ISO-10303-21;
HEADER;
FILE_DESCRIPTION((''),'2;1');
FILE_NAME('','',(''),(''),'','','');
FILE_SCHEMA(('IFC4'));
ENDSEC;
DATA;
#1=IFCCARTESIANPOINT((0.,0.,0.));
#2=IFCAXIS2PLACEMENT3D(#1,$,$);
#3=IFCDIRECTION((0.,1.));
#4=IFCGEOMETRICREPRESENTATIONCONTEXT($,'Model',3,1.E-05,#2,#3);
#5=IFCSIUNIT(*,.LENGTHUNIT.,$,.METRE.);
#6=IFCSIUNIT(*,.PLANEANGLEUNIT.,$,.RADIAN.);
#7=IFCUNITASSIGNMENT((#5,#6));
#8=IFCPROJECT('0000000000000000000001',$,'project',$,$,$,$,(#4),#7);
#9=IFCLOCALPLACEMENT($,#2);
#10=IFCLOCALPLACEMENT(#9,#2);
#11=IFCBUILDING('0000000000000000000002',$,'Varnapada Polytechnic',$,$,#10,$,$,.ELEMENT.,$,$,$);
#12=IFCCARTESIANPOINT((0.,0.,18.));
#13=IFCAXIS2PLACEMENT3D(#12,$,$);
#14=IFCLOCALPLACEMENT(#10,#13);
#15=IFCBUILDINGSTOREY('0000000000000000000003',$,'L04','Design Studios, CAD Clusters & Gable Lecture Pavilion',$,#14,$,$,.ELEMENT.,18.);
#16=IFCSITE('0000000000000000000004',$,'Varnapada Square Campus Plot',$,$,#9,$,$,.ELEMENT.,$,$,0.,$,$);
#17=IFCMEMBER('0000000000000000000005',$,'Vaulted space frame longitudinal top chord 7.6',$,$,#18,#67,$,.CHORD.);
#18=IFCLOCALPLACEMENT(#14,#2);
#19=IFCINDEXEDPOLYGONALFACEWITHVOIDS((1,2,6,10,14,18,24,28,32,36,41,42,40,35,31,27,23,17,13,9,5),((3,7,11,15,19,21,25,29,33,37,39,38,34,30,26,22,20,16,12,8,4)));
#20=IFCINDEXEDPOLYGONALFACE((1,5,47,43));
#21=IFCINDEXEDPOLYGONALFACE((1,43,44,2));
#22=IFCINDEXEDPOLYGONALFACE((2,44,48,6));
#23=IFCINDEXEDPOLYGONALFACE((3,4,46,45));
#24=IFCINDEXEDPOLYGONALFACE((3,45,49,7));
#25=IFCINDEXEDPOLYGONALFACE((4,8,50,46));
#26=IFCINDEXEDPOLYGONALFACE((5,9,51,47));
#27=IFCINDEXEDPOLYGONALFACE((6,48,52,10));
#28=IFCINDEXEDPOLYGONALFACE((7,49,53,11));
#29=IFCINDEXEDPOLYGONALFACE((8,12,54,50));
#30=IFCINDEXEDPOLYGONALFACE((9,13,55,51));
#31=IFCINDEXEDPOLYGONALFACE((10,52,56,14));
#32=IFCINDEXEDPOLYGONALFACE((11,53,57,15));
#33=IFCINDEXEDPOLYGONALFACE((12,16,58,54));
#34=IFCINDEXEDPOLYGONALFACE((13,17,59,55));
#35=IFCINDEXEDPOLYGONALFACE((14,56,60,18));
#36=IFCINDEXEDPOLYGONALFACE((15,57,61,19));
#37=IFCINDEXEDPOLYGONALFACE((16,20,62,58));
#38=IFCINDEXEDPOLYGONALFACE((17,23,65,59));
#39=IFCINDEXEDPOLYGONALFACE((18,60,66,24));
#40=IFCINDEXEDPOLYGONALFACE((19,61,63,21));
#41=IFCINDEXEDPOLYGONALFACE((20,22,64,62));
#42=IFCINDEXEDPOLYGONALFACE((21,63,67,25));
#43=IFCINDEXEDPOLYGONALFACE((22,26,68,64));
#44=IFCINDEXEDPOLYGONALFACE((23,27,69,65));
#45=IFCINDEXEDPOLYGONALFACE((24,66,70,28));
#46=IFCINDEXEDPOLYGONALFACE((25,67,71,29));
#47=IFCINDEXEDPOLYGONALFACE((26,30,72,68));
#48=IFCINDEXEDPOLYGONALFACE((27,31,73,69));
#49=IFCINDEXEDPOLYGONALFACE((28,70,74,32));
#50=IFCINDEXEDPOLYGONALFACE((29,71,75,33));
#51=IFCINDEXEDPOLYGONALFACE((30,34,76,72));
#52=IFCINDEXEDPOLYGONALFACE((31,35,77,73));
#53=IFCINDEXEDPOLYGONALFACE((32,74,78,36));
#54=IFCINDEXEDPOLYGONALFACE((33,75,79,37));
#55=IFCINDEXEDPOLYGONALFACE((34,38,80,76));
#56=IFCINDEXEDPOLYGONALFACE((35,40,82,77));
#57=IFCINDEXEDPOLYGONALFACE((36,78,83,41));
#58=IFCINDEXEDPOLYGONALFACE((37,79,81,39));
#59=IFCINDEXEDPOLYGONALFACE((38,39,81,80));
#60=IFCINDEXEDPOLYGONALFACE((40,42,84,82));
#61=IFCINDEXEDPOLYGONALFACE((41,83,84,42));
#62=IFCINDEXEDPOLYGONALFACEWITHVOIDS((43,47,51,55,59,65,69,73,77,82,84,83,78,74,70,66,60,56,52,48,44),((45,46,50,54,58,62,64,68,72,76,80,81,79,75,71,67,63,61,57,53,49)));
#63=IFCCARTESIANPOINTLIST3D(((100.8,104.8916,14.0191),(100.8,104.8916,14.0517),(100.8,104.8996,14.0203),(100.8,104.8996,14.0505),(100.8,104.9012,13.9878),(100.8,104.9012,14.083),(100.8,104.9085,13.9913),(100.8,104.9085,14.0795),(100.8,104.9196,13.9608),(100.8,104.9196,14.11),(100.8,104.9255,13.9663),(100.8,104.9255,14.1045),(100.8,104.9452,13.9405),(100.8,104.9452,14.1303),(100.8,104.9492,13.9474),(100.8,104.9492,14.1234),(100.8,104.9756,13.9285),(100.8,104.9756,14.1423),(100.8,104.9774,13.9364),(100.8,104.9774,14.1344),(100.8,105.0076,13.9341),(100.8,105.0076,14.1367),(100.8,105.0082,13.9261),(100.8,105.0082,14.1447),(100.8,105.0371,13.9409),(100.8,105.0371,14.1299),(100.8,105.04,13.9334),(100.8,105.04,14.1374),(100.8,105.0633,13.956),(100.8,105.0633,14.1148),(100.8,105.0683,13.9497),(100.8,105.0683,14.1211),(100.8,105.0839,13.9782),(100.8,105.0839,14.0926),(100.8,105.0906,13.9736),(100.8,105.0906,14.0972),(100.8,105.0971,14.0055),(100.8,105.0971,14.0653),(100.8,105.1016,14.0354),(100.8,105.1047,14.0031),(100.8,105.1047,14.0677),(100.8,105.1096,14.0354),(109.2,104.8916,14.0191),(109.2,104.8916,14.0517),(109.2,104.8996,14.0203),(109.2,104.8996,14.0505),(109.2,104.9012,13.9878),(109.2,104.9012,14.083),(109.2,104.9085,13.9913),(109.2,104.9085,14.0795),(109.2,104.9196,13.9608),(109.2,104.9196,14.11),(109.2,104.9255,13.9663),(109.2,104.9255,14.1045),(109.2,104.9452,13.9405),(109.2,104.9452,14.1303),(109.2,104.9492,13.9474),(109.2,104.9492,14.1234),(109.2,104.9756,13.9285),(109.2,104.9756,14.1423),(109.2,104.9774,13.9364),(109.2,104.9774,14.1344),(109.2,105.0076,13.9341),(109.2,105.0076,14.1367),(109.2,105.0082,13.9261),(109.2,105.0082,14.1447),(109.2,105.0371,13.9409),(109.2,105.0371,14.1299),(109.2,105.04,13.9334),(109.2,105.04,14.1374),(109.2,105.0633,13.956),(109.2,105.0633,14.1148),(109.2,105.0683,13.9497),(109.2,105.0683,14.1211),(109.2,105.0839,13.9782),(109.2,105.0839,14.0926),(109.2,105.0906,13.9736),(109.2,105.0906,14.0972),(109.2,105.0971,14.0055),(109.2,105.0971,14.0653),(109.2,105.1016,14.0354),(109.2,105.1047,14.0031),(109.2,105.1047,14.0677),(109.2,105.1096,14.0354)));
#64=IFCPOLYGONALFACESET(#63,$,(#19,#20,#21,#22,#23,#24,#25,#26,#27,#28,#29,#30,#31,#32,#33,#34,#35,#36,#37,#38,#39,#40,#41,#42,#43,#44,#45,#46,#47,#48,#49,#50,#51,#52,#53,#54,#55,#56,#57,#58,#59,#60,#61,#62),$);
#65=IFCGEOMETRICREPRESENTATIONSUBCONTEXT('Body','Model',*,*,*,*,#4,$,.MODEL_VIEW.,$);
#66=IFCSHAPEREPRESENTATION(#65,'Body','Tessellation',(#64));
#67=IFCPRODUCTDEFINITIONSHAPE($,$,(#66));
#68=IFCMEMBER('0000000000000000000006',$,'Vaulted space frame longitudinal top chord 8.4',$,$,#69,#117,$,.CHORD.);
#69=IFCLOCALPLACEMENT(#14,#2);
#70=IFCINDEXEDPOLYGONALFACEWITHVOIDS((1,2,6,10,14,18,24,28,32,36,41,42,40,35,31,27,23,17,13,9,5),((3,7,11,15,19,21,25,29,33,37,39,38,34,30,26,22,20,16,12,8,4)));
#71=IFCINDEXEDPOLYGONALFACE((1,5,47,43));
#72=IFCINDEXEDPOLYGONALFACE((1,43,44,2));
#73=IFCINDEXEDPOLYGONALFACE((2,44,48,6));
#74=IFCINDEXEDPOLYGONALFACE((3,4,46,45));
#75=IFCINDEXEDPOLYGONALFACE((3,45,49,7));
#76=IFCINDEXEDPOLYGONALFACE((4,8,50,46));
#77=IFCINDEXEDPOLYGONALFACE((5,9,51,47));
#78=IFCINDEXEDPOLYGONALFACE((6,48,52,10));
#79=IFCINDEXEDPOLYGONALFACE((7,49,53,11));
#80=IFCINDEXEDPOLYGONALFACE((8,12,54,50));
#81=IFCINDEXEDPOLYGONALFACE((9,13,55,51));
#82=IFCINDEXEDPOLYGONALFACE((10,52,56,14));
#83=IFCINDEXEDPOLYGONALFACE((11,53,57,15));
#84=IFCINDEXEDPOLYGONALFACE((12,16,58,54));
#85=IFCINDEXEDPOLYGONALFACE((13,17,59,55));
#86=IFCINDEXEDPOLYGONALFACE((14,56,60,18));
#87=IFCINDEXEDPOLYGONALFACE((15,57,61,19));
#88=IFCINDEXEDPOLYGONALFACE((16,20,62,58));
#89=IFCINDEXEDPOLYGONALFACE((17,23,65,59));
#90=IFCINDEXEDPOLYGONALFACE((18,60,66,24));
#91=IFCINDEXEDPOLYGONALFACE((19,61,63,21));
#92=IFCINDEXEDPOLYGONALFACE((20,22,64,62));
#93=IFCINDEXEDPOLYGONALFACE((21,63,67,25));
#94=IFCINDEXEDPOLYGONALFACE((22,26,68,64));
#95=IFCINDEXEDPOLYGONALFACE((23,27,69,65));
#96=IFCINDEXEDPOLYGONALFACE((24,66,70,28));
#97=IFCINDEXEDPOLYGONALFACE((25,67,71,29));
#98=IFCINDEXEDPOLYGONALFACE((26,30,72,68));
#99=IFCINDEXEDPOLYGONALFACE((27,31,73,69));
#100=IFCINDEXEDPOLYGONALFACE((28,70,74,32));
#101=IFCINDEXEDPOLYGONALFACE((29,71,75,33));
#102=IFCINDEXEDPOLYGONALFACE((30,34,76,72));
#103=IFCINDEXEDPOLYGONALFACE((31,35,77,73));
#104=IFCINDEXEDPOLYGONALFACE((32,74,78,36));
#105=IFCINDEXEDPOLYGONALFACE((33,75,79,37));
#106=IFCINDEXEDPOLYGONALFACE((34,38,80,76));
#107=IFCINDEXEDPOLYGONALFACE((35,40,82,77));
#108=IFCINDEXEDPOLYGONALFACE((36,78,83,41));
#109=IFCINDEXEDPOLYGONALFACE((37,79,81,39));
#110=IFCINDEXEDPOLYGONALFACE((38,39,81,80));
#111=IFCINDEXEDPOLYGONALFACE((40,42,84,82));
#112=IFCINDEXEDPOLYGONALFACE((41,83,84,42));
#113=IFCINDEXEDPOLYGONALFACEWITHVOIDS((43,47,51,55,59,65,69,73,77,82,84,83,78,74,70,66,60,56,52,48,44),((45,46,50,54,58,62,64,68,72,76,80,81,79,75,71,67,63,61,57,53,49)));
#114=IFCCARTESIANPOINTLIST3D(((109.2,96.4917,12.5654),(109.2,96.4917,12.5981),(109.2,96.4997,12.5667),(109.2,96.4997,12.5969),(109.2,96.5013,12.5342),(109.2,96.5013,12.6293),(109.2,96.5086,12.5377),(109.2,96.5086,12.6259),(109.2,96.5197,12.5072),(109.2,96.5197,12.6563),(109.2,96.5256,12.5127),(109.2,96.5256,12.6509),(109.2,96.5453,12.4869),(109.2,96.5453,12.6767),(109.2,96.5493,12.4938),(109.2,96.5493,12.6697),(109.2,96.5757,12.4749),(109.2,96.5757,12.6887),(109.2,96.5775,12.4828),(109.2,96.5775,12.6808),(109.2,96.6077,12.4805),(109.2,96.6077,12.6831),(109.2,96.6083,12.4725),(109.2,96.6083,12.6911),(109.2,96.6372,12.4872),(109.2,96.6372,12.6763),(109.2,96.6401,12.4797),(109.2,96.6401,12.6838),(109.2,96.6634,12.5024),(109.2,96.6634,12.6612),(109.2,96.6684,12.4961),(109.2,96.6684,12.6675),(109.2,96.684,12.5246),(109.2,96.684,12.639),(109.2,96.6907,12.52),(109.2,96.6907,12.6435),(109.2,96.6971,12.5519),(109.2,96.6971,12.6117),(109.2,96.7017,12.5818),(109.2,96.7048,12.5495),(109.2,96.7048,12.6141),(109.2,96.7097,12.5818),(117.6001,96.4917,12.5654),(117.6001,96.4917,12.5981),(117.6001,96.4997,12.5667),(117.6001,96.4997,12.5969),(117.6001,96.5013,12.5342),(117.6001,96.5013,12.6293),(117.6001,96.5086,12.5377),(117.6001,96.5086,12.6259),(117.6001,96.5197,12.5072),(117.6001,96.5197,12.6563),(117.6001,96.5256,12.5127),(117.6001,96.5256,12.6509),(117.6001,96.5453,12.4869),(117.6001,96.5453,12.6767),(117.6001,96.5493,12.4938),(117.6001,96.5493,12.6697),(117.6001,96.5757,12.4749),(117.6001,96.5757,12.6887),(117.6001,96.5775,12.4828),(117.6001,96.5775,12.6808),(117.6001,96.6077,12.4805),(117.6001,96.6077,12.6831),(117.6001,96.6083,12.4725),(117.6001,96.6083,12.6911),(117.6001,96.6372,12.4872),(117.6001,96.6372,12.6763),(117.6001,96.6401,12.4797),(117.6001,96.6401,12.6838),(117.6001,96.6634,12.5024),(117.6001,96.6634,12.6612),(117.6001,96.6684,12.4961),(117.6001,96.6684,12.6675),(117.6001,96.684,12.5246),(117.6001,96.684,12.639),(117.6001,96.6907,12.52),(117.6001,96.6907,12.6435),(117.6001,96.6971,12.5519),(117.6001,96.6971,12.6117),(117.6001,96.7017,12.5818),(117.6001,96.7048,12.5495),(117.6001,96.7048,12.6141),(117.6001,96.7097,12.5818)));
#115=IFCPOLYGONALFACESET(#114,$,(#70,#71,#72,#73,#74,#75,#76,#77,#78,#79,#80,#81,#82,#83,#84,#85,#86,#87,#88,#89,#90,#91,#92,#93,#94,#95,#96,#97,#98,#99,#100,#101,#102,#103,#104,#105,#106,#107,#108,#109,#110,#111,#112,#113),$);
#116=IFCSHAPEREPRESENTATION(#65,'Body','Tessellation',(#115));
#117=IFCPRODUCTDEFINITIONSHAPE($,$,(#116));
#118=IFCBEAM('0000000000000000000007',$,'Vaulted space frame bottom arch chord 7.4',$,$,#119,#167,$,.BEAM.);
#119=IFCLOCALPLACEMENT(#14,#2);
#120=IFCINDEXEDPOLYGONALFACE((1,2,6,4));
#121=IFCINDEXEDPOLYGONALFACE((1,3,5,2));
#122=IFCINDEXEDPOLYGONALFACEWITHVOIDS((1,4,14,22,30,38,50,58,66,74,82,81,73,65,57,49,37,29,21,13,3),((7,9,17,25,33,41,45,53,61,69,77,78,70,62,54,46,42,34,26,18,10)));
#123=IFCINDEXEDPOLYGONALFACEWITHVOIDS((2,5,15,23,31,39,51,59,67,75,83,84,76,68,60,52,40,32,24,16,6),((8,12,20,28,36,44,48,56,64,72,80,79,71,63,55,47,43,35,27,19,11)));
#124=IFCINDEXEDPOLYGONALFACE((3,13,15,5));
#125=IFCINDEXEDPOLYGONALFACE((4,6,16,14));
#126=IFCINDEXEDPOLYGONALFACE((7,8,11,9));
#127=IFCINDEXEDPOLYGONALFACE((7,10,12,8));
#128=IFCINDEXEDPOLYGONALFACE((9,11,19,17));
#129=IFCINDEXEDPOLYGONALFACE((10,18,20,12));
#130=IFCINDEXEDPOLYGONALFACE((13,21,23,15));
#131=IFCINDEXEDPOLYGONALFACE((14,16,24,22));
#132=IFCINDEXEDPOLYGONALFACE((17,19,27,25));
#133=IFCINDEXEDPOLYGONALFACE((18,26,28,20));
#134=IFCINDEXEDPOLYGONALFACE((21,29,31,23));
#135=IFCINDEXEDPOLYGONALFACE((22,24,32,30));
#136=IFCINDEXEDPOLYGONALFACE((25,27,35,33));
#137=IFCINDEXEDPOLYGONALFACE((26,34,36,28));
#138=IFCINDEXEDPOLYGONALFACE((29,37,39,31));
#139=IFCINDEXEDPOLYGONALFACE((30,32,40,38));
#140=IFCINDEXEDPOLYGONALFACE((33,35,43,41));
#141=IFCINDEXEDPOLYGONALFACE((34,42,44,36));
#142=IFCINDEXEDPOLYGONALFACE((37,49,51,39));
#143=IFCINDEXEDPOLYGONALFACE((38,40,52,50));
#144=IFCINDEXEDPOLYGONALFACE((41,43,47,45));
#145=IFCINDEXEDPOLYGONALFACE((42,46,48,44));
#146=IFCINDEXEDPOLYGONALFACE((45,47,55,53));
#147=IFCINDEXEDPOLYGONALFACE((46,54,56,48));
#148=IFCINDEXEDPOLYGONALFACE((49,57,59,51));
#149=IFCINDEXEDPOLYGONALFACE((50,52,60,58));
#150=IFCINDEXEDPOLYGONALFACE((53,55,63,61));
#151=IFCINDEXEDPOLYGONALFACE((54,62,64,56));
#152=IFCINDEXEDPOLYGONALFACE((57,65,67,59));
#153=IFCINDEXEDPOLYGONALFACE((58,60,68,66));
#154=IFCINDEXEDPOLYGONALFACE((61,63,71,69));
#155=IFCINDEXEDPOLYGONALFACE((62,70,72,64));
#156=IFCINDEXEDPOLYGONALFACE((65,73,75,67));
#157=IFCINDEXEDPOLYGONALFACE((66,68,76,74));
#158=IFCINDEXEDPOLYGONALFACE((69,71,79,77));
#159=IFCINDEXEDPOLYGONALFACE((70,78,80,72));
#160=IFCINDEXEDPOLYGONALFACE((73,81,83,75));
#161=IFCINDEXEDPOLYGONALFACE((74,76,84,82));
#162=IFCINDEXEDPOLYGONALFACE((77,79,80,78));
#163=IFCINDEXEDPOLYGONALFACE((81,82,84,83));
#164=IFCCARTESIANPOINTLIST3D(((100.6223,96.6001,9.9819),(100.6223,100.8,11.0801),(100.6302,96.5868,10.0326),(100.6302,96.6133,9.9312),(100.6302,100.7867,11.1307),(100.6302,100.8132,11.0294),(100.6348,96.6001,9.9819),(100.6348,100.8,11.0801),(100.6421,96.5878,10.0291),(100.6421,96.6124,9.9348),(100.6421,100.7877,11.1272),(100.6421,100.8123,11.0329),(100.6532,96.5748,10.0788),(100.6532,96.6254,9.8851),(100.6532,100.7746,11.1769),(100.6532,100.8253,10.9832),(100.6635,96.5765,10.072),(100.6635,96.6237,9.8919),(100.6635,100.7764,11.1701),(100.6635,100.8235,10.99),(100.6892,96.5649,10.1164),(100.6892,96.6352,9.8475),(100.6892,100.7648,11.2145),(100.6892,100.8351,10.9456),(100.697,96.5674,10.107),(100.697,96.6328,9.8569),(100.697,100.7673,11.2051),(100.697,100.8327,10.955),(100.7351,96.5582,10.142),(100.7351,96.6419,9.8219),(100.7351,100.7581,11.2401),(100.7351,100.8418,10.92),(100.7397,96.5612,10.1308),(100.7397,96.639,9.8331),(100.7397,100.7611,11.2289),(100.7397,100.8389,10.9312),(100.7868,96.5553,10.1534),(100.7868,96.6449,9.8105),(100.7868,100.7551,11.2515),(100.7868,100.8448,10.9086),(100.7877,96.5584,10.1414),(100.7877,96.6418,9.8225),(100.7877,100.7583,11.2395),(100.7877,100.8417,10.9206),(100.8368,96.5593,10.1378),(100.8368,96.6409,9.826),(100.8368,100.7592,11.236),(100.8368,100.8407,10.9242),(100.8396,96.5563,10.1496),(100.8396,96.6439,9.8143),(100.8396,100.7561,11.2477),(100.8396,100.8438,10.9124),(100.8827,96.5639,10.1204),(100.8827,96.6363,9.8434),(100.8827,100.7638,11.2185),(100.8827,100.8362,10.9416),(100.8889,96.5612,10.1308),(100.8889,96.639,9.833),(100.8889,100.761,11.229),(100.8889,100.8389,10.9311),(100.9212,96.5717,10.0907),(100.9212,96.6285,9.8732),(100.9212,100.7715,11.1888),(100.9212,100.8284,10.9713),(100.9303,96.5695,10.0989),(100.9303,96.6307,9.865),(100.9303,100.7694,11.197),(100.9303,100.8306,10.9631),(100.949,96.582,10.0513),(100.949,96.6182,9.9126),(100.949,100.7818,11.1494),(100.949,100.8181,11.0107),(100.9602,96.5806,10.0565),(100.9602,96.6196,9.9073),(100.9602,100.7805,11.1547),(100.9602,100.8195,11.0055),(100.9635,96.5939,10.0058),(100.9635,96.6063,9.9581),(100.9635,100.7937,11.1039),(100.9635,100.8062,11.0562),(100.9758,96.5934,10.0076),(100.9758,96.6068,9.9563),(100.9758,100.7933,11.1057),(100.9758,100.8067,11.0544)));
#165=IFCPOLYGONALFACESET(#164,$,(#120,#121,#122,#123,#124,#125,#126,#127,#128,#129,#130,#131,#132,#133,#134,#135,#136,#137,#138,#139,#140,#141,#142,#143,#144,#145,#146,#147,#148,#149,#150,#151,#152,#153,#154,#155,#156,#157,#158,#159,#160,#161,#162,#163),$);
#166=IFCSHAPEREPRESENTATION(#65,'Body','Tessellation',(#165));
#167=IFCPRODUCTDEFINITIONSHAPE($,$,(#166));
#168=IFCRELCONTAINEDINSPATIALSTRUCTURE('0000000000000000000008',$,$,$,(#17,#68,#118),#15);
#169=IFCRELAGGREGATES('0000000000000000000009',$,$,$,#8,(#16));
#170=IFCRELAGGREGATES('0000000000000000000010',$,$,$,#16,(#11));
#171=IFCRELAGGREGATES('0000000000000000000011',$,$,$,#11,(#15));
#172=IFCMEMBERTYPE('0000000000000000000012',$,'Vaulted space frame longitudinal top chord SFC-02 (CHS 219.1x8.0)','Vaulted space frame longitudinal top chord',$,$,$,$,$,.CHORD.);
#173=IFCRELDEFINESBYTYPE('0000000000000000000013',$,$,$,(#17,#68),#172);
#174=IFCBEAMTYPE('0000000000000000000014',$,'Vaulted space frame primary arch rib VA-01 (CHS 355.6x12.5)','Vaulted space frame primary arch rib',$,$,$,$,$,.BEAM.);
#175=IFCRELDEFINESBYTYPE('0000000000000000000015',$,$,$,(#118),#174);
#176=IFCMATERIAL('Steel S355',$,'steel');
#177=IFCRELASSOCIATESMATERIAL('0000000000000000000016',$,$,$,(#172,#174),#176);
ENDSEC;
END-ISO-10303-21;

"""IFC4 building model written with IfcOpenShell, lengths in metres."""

from ifc_helpers import new_model, si_unit, direction, frame, origin, origin_2d, place, context, subcontext, project, spatial, hollow_circle, extrude, material, material_profile, profile_set, type_object, element, save


model = new_model("IFC4")

# Units and contexts
model_context = context("Model", 3, precision=1e-05, world=origin(), true_north=direction((0.0, 1.0)))
body_context = subcontext(model_context, "Body", "Model", "MODEL_VIEW")
ifc_project = project(units=[si_unit("LENGTHUNIT", "METRE"), si_unit("PLANEANGLEUNIT", "RADIAN")], contexts=[model_context])

# Site, building, storey
site_placement = place(None, origin())
site = spatial("IfcSite", under=ifc_project, at=site_placement, Name="Varnapada Square Campus Plot", CompositionType="ELEMENT", RefElevation=0.0)
building_placement = place(site_placement, origin())
building = spatial("IfcBuilding", under=site, at=building_placement, Name="Varnapada Polytechnic", CompositionType="ELEMENT")
storey_placement = place(building_placement, frame((0.0, 0.0, 18.0)))
storey = spatial("IfcBuildingStorey", under=building, at=storey_placement, Name="L04", Description="Design Studios, CAD Clusters & Gable Lecture Pavilion", CompositionType="ELEMENT", Elevation=18.0)

# Members
ifc_material = material(Name="Steel S355", Category="steel")
ifc_material_profile_1 = material_profile(ifc_material, hollow_circle(Radius=0.1096, WallThickness=0.0081, at=origin_2d()), Name="CHS 219.1x8.0")
ifc_profile_set_1 = profile_set([ifc_material_profile_1], Name="Steel S355")
member_type_1 = type_object("IfcMemberType", Name="Vaulted space frame longitudinal top chord SFC-02 (CHS 219.1x8.0)", Description="Vaulted space frame longitudinal top chord", PredefinedType="CHORD", material=ifc_profile_set_1)
for number, where, z_axis, x_axis, name in (
    (1, (100.8, 105.0, 14.0354), (1.0, 0.0, 0.0), (0.0, 1.0, 0.0), "Vaulted space frame longitudinal top chord 7.6"),
):
    element("IfcMember", number, at=place(storey_placement, frame(where, z_axis=z_axis, x_axis=x_axis)), inside=storey, type_object=member_type_1, Name=name, PredefinedType="CHORD", context=body_context, shape_type="SweptSolid", body=[
        extrude(hollow_circle(Radius=0.1096, WallThickness=0.0081, at=origin_2d()), origin(), (0.0, 0.0, 1.0), 8.3999),
    ])
member_1_placement = place(storey_placement, frame((109.2, 96.6001, 12.5818), z_axis=(1.0, 0.0, 0.0), x_axis=(0.0, 1.0, 0.0)))
element("IfcMember", 2, at=member_1_placement, inside=storey, type_object=member_type_1, Name="Vaulted space frame longitudinal top chord 8.4", PredefinedType="CHORD", context=body_context, shape_type="SweptSolid", body=[
    extrude(hollow_circle(Radius=0.1096, WallThickness=0.0081, at=origin_2d()), origin(), (0.0, 0.0, 1.0), 8.4001),
])

# Beam
ifc_material_profile_2 = material_profile(ifc_material, hollow_circle(Radius=0.1777, WallThickness=0.0125, at=origin_2d()), Name="CHS 355.6x12.5")
ifc_profile_set_2 = profile_set([ifc_material_profile_2], Name="Steel S355")
beam_type_1 = type_object("IfcBeamType", Name="Vaulted space frame primary arch rib VA-01 (CHS 355.6x12.5)", Description="Vaulted space frame primary arch rib", PredefinedType="BEAM", material=ifc_profile_set_2)
beam_1_placement = place(storey_placement, frame((100.8, 96.6001, 9.9819), z_axis=(0.0, 0.967476, 0.252962), x_axis=(-1.0, 0.0, 0.0)))
element("IfcBeam", 3, at=beam_1_placement, inside=storey, type_object=beam_type_1, Name="Vaulted space frame bottom arch chord 7.4", PredefinedType="BEAM", context=body_context, shape_type="SweptSolid", body=[
    extrude(hollow_circle(Radius=0.1777, WallThickness=0.0125, at=origin_2d()), origin(), (0.0, 0.0, 1.0), 4.3411),
])

save(model, "model.ifc")
